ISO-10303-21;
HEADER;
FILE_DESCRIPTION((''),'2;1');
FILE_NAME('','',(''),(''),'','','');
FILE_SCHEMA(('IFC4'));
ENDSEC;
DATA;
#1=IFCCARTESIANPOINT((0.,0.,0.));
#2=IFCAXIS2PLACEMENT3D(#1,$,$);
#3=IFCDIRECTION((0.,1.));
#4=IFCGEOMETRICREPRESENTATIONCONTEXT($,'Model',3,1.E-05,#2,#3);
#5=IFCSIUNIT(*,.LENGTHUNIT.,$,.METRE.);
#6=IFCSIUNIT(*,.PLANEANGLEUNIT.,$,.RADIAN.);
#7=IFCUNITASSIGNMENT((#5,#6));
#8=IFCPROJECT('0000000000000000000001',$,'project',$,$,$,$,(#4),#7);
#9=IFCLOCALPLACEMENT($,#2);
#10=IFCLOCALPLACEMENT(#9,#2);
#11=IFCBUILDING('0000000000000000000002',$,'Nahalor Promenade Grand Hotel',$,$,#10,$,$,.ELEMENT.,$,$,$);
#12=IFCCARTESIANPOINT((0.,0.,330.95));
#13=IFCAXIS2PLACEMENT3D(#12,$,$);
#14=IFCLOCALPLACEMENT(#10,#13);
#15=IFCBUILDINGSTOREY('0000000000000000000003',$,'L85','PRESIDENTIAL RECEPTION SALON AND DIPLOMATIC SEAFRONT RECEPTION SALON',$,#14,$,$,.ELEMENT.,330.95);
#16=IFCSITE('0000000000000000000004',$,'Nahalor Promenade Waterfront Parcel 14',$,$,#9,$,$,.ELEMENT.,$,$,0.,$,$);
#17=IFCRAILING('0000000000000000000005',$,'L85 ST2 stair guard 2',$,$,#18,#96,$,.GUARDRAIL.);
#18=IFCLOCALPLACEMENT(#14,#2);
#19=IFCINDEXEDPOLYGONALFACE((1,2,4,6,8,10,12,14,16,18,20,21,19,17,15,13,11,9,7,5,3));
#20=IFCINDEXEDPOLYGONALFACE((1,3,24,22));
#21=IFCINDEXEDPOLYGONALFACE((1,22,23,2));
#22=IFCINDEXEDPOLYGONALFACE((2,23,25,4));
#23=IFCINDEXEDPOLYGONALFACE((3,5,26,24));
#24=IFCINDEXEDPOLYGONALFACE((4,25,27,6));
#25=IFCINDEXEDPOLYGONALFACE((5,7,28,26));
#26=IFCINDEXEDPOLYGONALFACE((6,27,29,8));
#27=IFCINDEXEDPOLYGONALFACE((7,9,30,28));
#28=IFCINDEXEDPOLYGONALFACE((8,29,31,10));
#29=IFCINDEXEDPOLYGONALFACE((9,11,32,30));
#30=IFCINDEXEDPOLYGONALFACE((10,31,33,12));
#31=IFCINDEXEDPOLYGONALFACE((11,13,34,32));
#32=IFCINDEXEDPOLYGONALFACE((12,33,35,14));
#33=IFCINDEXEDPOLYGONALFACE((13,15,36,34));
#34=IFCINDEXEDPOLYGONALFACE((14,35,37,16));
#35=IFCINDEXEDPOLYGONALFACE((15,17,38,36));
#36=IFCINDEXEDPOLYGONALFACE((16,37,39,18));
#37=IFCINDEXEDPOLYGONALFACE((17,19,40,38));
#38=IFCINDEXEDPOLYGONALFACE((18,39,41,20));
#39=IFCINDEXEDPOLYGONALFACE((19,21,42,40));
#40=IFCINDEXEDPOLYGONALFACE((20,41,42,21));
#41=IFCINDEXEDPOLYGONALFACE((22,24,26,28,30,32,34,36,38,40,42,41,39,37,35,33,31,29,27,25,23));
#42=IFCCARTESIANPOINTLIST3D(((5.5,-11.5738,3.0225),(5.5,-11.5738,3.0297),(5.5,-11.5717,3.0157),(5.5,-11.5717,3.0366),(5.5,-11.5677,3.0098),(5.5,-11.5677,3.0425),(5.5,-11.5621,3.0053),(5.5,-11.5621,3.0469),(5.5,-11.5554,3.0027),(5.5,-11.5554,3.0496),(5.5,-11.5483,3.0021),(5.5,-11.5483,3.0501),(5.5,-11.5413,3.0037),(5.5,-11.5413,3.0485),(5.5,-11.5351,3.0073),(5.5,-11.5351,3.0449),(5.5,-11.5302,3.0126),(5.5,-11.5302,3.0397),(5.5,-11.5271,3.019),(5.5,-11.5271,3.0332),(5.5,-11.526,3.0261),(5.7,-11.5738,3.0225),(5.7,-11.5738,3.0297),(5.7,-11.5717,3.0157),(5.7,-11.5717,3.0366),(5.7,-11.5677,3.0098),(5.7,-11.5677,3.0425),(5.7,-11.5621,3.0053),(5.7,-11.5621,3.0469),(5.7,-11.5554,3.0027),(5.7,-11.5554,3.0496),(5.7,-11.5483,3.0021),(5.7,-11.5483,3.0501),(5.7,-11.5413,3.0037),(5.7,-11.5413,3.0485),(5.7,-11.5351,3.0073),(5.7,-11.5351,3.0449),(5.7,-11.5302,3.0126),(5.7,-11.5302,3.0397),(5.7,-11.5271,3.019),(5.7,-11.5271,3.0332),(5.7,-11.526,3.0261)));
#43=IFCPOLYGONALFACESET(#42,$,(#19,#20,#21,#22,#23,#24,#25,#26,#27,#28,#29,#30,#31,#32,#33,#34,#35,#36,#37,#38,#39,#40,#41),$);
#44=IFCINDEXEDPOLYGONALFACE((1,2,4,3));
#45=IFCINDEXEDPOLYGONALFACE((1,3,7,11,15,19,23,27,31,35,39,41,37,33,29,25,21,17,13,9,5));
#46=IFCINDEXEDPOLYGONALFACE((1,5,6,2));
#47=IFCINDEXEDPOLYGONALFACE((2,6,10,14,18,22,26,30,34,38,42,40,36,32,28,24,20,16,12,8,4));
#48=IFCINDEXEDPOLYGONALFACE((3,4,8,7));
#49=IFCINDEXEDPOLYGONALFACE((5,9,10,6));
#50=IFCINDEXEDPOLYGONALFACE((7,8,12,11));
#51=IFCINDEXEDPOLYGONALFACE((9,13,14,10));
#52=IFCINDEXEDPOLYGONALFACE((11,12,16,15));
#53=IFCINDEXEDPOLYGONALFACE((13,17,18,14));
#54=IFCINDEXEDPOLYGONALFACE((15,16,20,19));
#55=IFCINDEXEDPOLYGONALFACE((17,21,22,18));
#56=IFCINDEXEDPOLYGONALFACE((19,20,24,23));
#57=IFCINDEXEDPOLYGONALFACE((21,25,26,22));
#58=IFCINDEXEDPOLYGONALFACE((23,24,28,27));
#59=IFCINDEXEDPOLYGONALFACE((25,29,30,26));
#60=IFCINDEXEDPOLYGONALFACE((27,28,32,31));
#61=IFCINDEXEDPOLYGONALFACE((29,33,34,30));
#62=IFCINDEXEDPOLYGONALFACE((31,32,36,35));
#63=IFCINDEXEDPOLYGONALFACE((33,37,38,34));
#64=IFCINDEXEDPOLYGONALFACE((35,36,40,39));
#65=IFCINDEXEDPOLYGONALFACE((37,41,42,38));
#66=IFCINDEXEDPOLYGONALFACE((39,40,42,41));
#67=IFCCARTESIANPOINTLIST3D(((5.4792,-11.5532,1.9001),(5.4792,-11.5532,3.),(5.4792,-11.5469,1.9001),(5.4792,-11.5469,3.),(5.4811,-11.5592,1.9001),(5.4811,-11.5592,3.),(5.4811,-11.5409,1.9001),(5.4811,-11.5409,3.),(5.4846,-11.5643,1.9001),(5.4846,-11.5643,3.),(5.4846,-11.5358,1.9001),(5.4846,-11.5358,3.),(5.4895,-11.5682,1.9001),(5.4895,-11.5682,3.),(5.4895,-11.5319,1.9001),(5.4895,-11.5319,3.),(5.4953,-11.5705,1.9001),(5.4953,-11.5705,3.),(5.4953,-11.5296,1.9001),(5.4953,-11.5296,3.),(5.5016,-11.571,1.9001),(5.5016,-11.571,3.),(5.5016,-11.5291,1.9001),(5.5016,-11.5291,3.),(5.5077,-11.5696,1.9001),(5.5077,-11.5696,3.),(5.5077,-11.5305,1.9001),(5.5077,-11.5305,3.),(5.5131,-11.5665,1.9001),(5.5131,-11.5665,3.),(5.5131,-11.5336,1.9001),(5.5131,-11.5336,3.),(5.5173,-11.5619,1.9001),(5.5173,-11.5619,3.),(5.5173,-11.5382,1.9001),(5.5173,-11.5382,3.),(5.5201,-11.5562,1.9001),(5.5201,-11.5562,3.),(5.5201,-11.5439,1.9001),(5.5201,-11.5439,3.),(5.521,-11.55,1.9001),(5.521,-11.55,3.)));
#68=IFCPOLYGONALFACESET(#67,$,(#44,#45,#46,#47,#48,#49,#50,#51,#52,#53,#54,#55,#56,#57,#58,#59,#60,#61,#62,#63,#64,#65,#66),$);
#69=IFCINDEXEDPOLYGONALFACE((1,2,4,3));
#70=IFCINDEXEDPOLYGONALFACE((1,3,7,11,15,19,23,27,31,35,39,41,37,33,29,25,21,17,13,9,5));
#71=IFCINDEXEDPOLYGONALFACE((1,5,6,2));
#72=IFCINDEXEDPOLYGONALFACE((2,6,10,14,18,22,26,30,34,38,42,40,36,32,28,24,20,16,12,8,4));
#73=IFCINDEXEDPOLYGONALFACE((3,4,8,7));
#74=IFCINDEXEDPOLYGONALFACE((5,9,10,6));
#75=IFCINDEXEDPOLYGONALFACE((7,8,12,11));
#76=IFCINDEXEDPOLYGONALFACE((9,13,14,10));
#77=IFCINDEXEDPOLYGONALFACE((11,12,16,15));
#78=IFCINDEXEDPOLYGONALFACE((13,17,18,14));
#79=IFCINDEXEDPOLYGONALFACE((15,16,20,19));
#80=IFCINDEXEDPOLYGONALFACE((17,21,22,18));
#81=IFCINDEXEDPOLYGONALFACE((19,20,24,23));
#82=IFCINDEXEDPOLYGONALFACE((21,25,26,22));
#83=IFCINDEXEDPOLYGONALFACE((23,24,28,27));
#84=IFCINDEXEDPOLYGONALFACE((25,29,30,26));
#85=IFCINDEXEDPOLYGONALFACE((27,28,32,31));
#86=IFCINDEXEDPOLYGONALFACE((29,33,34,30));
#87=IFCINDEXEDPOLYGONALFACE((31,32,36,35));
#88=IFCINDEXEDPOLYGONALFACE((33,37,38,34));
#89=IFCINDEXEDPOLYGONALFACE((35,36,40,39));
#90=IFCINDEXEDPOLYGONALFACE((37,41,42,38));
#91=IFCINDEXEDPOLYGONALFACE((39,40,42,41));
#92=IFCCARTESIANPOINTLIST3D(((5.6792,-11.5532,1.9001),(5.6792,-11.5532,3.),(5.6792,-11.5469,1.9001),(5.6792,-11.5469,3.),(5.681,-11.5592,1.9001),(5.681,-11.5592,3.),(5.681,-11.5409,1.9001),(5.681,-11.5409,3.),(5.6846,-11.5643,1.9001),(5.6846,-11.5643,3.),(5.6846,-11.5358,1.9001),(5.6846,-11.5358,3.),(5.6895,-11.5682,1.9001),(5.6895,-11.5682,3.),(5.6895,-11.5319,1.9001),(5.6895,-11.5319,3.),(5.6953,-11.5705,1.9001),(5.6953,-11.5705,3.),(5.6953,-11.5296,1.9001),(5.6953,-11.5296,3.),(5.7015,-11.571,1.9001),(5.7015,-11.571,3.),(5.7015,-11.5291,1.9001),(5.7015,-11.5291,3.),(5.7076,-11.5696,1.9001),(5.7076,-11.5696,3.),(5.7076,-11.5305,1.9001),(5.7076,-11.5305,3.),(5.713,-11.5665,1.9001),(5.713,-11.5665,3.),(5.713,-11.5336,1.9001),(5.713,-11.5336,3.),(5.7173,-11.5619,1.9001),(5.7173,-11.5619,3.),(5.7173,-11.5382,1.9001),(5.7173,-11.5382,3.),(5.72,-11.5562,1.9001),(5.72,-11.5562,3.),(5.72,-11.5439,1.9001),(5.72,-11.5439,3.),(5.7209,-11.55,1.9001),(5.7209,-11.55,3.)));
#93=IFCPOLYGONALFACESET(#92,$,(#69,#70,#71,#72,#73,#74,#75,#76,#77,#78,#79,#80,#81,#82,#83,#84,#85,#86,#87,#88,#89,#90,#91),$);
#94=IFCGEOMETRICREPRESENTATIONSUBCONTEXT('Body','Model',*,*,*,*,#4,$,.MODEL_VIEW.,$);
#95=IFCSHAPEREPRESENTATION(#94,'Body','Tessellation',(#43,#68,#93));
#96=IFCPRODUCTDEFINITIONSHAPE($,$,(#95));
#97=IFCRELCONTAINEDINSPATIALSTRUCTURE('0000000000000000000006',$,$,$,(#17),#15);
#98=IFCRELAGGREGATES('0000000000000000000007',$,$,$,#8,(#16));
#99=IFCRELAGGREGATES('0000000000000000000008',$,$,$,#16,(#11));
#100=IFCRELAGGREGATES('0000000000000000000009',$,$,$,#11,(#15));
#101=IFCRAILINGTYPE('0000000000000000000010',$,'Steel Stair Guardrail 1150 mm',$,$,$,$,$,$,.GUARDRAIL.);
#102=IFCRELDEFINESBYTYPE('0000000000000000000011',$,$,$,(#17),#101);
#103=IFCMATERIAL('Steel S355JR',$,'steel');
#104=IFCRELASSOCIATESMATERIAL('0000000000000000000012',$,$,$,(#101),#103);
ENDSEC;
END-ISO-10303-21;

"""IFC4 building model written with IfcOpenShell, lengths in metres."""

from ifc_helpers import new_model, si_unit, direction, frame, origin, origin_2d, place, context, subcontext, project, spatial, circle, extrude, material, type_object, element, save


model = new_model("IFC4")

# Units and contexts
model_context = context("Model", 3, precision=1e-05, world=origin(), true_north=direction((0.0, 1.0)))
body_context = subcontext(model_context, "Body", "Model", "MODEL_VIEW")
ifc_project = project(units=[si_unit("LENGTHUNIT", "METRE"), si_unit("PLANEANGLEUNIT", "RADIAN")], contexts=[model_context])

# Site, building, storey
site_placement = place(None, origin())
site = spatial("IfcSite", under=ifc_project, at=site_placement, Name="Nahalor Promenade Waterfront Parcel 14", CompositionType="ELEMENT", RefElevation=0.0)
building_placement = place(site_placement, origin())
building = spatial("IfcBuilding", under=site, at=building_placement, Name="Nahalor Promenade Grand Hotel", CompositionType="ELEMENT")
storey_placement = place(building_placement, frame((0.0, 0.0, 330.95)))
storey = spatial("IfcBuildingStorey", under=building, at=storey_placement, Name="L85", Description="PRESIDENTIAL RECEPTION SALON AND DIPLOMATIC SEAFRONT RECEPTION SALON", CompositionType="ELEMENT", Elevation=330.95)

# Shared definitions
ifc_material_1 = material(Name="Steel S355JR", Category="steel")

# Railing
railing_type_1 = type_object("IfcRailingType", Name="Steel Stair Guardrail 1150 mm", PredefinedType="GUARDRAIL", material=ifc_material_1)
railing_1_placement = place(storey_placement, frame((5.5, -11.55, 1.9001)))
element("IfcRailing", 1, at=railing_1_placement, inside=storey, type_object=railing_type_1, Name="L85 ST2 stair guard 2", PredefinedType="GUARDRAIL", context=body_context, shape_type="SweptSolid", body=[
    extrude(circle(Radius=0.024, at=origin_2d()), frame((0.0, 0.0, 1.126), z_axis=(1.0, 0.0, 0.0), x_axis=(0.0, 1.0, 0.0)), (0.0, 0.0, 1.0), 0.2),
    extrude(circle(Radius=0.021, at=origin_2d()), origin(), (0.0, 0.0, 1.0), 1.0999),
    extrude(circle(Radius=0.021, at=origin_2d()), frame((0.2, 0.0, 0.0)), (0.0, 0.0, 1.0), 1.0999),
])

save(model, "model.ifc")
